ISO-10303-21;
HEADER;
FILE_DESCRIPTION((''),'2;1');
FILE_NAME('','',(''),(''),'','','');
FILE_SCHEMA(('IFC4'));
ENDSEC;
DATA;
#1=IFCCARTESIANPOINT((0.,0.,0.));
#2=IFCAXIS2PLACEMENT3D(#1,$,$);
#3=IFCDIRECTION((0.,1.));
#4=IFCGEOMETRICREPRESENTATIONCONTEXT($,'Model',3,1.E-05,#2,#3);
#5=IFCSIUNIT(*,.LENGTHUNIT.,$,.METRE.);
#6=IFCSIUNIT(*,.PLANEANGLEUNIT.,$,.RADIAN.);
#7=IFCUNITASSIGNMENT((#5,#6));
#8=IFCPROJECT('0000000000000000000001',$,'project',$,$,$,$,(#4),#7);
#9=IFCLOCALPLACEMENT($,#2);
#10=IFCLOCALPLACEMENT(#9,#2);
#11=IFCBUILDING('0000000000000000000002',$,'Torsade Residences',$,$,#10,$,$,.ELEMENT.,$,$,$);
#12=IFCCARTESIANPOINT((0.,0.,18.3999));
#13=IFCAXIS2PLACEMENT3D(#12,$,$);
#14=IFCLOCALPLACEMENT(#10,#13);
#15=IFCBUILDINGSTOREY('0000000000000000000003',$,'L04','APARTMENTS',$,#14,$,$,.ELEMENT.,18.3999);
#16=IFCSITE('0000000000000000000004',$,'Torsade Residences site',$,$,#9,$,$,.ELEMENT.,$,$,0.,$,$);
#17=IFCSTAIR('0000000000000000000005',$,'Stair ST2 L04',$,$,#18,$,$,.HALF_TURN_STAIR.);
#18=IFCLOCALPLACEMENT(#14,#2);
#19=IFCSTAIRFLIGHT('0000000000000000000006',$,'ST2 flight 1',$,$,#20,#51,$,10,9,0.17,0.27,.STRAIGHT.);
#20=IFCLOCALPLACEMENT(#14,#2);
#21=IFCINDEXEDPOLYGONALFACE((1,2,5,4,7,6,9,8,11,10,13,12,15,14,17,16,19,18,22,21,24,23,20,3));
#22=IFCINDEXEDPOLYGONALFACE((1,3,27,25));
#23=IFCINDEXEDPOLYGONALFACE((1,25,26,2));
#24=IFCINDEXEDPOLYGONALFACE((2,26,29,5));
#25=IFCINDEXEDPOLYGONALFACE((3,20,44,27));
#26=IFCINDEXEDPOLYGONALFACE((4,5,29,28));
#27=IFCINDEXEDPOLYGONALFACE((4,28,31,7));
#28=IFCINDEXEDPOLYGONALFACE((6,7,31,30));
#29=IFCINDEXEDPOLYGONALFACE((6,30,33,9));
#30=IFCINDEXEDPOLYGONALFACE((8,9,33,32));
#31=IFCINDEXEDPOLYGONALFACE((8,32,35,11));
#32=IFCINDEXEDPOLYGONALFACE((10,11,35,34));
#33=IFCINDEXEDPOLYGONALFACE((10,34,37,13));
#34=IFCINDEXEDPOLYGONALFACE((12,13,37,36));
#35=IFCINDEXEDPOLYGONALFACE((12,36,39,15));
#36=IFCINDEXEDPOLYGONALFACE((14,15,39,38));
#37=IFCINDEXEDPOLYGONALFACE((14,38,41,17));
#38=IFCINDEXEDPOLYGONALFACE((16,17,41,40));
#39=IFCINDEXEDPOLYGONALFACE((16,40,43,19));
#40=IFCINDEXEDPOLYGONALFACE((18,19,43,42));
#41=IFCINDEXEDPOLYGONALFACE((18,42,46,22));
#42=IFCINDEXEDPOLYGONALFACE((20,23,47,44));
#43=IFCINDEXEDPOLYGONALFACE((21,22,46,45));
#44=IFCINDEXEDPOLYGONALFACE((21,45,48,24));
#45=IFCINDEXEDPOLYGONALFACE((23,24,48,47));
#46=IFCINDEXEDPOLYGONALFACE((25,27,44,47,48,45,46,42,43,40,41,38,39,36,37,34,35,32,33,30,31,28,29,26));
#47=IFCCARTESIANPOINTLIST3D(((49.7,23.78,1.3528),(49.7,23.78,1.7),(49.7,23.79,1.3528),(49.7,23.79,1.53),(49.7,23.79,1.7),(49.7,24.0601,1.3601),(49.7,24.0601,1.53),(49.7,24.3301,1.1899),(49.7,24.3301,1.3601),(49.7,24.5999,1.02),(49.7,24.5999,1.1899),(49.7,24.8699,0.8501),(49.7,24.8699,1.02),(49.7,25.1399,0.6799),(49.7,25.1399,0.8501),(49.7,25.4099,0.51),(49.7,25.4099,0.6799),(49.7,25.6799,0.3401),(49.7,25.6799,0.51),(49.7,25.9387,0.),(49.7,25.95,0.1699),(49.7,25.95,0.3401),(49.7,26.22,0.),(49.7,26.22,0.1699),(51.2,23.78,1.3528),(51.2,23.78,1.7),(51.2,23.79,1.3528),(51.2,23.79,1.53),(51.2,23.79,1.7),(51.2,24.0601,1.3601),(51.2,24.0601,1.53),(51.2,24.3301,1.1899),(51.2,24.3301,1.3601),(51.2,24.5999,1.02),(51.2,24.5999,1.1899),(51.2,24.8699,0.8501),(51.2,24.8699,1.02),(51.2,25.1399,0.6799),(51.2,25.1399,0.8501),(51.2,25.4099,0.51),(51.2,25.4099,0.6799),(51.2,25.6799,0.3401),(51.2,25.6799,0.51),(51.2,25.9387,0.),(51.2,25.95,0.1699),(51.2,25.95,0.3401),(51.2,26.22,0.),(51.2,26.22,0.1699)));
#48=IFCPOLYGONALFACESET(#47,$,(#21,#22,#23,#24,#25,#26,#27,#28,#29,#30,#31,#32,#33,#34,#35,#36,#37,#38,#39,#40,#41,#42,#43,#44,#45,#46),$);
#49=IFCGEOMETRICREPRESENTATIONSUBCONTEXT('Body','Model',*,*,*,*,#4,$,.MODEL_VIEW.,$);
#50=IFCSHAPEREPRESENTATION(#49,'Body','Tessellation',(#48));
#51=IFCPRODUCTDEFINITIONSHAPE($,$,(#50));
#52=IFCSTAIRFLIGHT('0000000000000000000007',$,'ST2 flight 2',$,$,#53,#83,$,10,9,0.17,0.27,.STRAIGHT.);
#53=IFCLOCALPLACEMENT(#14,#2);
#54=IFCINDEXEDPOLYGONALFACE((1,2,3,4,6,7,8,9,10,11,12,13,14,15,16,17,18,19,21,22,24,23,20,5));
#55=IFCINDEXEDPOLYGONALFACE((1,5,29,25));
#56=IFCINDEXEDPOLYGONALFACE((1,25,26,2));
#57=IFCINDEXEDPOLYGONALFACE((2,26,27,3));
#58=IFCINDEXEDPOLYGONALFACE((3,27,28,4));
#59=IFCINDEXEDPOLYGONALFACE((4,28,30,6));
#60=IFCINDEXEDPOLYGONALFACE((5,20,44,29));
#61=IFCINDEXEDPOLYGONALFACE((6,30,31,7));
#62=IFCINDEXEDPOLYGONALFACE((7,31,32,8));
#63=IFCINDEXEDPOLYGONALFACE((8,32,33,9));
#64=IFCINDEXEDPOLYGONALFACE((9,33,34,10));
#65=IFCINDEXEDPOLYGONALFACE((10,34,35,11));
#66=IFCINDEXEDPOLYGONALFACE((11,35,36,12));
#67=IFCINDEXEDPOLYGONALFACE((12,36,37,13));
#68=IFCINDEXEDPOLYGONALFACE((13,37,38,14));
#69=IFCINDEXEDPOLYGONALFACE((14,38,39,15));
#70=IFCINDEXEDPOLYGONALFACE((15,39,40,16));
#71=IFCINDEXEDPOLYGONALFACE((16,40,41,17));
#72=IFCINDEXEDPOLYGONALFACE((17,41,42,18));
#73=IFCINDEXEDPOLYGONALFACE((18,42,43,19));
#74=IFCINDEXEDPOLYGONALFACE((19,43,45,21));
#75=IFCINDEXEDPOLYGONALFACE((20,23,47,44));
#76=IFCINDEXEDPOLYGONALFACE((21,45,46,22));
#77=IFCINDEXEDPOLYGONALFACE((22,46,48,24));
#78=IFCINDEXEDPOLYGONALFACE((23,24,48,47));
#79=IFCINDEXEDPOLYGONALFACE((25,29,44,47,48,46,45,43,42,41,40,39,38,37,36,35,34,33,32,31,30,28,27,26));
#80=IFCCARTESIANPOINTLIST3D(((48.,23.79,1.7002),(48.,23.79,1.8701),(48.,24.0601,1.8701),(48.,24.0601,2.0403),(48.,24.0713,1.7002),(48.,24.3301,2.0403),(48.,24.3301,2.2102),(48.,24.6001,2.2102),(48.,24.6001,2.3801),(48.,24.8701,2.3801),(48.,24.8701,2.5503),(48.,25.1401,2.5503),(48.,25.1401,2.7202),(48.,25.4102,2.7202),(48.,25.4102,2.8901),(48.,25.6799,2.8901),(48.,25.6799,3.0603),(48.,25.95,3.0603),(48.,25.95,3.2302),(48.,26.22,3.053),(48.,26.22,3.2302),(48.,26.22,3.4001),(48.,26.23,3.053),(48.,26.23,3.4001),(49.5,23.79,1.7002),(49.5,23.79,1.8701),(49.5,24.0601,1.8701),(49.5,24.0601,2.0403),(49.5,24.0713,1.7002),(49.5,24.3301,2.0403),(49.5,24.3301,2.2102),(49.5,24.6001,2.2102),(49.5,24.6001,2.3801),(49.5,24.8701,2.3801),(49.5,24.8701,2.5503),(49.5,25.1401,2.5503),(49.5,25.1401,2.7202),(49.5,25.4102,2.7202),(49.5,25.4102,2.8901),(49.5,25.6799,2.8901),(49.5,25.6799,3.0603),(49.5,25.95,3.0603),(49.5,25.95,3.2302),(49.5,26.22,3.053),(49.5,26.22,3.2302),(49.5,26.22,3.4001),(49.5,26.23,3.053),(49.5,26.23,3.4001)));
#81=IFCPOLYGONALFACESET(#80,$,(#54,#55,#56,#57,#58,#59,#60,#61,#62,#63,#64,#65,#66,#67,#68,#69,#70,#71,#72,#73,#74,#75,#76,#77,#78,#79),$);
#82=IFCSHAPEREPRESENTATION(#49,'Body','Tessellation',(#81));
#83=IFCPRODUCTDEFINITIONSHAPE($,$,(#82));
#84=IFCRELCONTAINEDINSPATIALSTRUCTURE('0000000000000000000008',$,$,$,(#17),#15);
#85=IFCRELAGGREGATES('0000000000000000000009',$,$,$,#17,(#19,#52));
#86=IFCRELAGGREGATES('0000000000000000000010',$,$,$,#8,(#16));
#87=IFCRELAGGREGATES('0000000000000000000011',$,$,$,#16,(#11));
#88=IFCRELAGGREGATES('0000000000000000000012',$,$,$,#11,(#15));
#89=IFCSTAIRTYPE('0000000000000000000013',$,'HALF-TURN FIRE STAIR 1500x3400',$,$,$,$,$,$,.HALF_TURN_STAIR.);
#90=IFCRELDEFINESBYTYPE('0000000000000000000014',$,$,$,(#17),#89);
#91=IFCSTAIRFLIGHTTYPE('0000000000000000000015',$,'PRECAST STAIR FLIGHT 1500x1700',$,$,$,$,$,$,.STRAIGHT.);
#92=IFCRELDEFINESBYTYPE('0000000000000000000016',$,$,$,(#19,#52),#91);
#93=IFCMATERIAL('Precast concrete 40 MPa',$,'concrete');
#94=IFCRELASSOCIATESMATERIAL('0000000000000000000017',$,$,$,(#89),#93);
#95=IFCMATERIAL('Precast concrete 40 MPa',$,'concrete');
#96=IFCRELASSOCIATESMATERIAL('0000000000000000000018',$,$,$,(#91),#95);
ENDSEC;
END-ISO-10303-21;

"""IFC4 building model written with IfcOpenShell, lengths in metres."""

from ifc_helpers import new_model, si_unit, direction, frame, origin, place, context, subcontext, project, spatial, polyline, outline, extrude, material, type_object, element, aggregate, save


model = new_model("IFC4")

# Units and contexts
model_context = context("Model", 3, precision=1e-05, world=origin(), true_north=direction((0.0, 1.0)))
body_context = subcontext(model_context, "Body", "Model", "MODEL_VIEW")
ifc_project = project(units=[si_unit("LENGTHUNIT", "METRE"), si_unit("PLANEANGLEUNIT", "RADIAN")], contexts=[model_context])

# Site, building, storey
site_placement = place(None, origin())
site = spatial("IfcSite", under=ifc_project, at=site_placement, Name="Torsade Residences site", CompositionType="ELEMENT", RefElevation=0.0)
building_placement = place(site_placement, origin())
building = spatial("IfcBuilding", under=site, at=building_placement, Name="Torsade Residences", CompositionType="ELEMENT")
storey_placement = place(building_placement, frame((0.0, 0.0, 18.3999)))
storey = spatial("IfcBuildingStorey", under=building, at=storey_placement, Name="L04", Description="APARTMENTS", CompositionType="ELEMENT", Elevation=18.3999)

# Stair, stair flights
ifc_material_1 = material(Name="Precast concrete 40 MPa", Category="concrete")
stair_type = type_object("IfcStairType", Name="HALF-TURN FIRE STAIR 1500x3400", PredefinedType="HALF_TURN_STAIR", material=ifc_material_1)
stair_placement = place(storey_placement, origin())
stair = element("IfcStair", 1, at=stair_placement, inside=storey, type_object=stair_type, Name="Stair ST2 L04", PredefinedType="HALF_TURN_STAIR")
ifc_material_2 = material(Name="Precast concrete 40 MPa", Category="concrete")
stair_flight_type = type_object("IfcStairFlightType", Name="PRECAST STAIR FLIGHT 1500x1700", PredefinedType="STRAIGHT", material=ifc_material_2)
stair_flight_1_placement = place(storey_placement, frame((50.45, 26.22, 0.0), z_axis=(0.0, 0.0, 1.0), x_axis=(0.0, -1.0, 0.0)))
stair_flight_1 = element("IfcStairFlight", 2, at=stair_flight_1_placement, type_object=stair_flight_type, Name="ST2 flight 1", NumberOfRisers=10, NumberOfTreads=9, PredefinedType="STRAIGHT", RiserHeight=0.17, TreadLength=0.27, context=body_context, shape_type="SweptSolid", body=[
    extrude(outline(polyline([(0.0, 0.0), (0.0, 0.1699), (0.27, 0.1699), (0.27, 0.3401), (0.54, 0.3401), (0.54, 0.51), (0.8101, 0.51), (0.8101, 0.6799), (1.0801, 0.6799), (1.0801, 0.8501), (1.3501, 0.8501), (1.3501, 1.02), (1.6201, 1.02), (1.6201, 1.1899), (1.8899, 1.1899), (1.8899, 1.3601), (2.1599, 1.3601), (2.1599, 1.53), (2.4299, 1.53), (2.4299, 1.7), (2.4399, 1.7), (2.4399, 1.3528), (2.4299, 1.3528), (0.2812, 0.0), (0.0, 0.0)])), frame((0.0, 0.75, 0.0), z_axis=(0.0, -1.0, 0.0), x_axis=(1.0, 0.0, 0.0)), (0.0, 0.0, 1.0), 1.5),
])
stair_flight_2_placement = place(storey_placement, frame((48.75, 23.79, 1.7002), z_axis=(0.0, 0.0, 1.0), x_axis=(0.0, 1.0, 0.0)))
stair_flight_2 = element("IfcStairFlight", 3, at=stair_flight_2_placement, type_object=stair_flight_type, Name="ST2 flight 2", NumberOfRisers=10, NumberOfTreads=9, PredefinedType="STRAIGHT", RiserHeight=0.17, TreadLength=0.27, context=body_context, shape_type="SweptSolid", body=[
    extrude(outline(polyline([(0.0, 0.0), (0.0, 0.1699), (0.27, 0.1699), (0.27, 0.3401), (0.54, 0.3401), (0.54, 0.51), (0.8101, 0.51), (0.8101, 0.6799), (1.0801, 0.6799), (1.0801, 0.8501), (1.3501, 0.8501), (1.3501, 1.02), (1.6201, 1.02), (1.6201, 1.1899), (1.8899, 1.1899), (1.8899, 1.3601), (2.1599, 1.3601), (2.1599, 1.53), (2.4299, 1.53), (2.4299, 1.7), (2.4399, 1.7), (2.4399, 1.3528), (2.4299, 1.3528), (0.2812, 0.0), (0.0, 0.0)])), frame((0.0, 0.75, 0.0), z_axis=(0.0, -1.0, 0.0), x_axis=(1.0, 0.0, 0.0)), (0.0, 0.0, 1.0), 1.5),
])
aggregate(stair, [stair_flight_1, stair_flight_2])

save(model, "model.ifc")
